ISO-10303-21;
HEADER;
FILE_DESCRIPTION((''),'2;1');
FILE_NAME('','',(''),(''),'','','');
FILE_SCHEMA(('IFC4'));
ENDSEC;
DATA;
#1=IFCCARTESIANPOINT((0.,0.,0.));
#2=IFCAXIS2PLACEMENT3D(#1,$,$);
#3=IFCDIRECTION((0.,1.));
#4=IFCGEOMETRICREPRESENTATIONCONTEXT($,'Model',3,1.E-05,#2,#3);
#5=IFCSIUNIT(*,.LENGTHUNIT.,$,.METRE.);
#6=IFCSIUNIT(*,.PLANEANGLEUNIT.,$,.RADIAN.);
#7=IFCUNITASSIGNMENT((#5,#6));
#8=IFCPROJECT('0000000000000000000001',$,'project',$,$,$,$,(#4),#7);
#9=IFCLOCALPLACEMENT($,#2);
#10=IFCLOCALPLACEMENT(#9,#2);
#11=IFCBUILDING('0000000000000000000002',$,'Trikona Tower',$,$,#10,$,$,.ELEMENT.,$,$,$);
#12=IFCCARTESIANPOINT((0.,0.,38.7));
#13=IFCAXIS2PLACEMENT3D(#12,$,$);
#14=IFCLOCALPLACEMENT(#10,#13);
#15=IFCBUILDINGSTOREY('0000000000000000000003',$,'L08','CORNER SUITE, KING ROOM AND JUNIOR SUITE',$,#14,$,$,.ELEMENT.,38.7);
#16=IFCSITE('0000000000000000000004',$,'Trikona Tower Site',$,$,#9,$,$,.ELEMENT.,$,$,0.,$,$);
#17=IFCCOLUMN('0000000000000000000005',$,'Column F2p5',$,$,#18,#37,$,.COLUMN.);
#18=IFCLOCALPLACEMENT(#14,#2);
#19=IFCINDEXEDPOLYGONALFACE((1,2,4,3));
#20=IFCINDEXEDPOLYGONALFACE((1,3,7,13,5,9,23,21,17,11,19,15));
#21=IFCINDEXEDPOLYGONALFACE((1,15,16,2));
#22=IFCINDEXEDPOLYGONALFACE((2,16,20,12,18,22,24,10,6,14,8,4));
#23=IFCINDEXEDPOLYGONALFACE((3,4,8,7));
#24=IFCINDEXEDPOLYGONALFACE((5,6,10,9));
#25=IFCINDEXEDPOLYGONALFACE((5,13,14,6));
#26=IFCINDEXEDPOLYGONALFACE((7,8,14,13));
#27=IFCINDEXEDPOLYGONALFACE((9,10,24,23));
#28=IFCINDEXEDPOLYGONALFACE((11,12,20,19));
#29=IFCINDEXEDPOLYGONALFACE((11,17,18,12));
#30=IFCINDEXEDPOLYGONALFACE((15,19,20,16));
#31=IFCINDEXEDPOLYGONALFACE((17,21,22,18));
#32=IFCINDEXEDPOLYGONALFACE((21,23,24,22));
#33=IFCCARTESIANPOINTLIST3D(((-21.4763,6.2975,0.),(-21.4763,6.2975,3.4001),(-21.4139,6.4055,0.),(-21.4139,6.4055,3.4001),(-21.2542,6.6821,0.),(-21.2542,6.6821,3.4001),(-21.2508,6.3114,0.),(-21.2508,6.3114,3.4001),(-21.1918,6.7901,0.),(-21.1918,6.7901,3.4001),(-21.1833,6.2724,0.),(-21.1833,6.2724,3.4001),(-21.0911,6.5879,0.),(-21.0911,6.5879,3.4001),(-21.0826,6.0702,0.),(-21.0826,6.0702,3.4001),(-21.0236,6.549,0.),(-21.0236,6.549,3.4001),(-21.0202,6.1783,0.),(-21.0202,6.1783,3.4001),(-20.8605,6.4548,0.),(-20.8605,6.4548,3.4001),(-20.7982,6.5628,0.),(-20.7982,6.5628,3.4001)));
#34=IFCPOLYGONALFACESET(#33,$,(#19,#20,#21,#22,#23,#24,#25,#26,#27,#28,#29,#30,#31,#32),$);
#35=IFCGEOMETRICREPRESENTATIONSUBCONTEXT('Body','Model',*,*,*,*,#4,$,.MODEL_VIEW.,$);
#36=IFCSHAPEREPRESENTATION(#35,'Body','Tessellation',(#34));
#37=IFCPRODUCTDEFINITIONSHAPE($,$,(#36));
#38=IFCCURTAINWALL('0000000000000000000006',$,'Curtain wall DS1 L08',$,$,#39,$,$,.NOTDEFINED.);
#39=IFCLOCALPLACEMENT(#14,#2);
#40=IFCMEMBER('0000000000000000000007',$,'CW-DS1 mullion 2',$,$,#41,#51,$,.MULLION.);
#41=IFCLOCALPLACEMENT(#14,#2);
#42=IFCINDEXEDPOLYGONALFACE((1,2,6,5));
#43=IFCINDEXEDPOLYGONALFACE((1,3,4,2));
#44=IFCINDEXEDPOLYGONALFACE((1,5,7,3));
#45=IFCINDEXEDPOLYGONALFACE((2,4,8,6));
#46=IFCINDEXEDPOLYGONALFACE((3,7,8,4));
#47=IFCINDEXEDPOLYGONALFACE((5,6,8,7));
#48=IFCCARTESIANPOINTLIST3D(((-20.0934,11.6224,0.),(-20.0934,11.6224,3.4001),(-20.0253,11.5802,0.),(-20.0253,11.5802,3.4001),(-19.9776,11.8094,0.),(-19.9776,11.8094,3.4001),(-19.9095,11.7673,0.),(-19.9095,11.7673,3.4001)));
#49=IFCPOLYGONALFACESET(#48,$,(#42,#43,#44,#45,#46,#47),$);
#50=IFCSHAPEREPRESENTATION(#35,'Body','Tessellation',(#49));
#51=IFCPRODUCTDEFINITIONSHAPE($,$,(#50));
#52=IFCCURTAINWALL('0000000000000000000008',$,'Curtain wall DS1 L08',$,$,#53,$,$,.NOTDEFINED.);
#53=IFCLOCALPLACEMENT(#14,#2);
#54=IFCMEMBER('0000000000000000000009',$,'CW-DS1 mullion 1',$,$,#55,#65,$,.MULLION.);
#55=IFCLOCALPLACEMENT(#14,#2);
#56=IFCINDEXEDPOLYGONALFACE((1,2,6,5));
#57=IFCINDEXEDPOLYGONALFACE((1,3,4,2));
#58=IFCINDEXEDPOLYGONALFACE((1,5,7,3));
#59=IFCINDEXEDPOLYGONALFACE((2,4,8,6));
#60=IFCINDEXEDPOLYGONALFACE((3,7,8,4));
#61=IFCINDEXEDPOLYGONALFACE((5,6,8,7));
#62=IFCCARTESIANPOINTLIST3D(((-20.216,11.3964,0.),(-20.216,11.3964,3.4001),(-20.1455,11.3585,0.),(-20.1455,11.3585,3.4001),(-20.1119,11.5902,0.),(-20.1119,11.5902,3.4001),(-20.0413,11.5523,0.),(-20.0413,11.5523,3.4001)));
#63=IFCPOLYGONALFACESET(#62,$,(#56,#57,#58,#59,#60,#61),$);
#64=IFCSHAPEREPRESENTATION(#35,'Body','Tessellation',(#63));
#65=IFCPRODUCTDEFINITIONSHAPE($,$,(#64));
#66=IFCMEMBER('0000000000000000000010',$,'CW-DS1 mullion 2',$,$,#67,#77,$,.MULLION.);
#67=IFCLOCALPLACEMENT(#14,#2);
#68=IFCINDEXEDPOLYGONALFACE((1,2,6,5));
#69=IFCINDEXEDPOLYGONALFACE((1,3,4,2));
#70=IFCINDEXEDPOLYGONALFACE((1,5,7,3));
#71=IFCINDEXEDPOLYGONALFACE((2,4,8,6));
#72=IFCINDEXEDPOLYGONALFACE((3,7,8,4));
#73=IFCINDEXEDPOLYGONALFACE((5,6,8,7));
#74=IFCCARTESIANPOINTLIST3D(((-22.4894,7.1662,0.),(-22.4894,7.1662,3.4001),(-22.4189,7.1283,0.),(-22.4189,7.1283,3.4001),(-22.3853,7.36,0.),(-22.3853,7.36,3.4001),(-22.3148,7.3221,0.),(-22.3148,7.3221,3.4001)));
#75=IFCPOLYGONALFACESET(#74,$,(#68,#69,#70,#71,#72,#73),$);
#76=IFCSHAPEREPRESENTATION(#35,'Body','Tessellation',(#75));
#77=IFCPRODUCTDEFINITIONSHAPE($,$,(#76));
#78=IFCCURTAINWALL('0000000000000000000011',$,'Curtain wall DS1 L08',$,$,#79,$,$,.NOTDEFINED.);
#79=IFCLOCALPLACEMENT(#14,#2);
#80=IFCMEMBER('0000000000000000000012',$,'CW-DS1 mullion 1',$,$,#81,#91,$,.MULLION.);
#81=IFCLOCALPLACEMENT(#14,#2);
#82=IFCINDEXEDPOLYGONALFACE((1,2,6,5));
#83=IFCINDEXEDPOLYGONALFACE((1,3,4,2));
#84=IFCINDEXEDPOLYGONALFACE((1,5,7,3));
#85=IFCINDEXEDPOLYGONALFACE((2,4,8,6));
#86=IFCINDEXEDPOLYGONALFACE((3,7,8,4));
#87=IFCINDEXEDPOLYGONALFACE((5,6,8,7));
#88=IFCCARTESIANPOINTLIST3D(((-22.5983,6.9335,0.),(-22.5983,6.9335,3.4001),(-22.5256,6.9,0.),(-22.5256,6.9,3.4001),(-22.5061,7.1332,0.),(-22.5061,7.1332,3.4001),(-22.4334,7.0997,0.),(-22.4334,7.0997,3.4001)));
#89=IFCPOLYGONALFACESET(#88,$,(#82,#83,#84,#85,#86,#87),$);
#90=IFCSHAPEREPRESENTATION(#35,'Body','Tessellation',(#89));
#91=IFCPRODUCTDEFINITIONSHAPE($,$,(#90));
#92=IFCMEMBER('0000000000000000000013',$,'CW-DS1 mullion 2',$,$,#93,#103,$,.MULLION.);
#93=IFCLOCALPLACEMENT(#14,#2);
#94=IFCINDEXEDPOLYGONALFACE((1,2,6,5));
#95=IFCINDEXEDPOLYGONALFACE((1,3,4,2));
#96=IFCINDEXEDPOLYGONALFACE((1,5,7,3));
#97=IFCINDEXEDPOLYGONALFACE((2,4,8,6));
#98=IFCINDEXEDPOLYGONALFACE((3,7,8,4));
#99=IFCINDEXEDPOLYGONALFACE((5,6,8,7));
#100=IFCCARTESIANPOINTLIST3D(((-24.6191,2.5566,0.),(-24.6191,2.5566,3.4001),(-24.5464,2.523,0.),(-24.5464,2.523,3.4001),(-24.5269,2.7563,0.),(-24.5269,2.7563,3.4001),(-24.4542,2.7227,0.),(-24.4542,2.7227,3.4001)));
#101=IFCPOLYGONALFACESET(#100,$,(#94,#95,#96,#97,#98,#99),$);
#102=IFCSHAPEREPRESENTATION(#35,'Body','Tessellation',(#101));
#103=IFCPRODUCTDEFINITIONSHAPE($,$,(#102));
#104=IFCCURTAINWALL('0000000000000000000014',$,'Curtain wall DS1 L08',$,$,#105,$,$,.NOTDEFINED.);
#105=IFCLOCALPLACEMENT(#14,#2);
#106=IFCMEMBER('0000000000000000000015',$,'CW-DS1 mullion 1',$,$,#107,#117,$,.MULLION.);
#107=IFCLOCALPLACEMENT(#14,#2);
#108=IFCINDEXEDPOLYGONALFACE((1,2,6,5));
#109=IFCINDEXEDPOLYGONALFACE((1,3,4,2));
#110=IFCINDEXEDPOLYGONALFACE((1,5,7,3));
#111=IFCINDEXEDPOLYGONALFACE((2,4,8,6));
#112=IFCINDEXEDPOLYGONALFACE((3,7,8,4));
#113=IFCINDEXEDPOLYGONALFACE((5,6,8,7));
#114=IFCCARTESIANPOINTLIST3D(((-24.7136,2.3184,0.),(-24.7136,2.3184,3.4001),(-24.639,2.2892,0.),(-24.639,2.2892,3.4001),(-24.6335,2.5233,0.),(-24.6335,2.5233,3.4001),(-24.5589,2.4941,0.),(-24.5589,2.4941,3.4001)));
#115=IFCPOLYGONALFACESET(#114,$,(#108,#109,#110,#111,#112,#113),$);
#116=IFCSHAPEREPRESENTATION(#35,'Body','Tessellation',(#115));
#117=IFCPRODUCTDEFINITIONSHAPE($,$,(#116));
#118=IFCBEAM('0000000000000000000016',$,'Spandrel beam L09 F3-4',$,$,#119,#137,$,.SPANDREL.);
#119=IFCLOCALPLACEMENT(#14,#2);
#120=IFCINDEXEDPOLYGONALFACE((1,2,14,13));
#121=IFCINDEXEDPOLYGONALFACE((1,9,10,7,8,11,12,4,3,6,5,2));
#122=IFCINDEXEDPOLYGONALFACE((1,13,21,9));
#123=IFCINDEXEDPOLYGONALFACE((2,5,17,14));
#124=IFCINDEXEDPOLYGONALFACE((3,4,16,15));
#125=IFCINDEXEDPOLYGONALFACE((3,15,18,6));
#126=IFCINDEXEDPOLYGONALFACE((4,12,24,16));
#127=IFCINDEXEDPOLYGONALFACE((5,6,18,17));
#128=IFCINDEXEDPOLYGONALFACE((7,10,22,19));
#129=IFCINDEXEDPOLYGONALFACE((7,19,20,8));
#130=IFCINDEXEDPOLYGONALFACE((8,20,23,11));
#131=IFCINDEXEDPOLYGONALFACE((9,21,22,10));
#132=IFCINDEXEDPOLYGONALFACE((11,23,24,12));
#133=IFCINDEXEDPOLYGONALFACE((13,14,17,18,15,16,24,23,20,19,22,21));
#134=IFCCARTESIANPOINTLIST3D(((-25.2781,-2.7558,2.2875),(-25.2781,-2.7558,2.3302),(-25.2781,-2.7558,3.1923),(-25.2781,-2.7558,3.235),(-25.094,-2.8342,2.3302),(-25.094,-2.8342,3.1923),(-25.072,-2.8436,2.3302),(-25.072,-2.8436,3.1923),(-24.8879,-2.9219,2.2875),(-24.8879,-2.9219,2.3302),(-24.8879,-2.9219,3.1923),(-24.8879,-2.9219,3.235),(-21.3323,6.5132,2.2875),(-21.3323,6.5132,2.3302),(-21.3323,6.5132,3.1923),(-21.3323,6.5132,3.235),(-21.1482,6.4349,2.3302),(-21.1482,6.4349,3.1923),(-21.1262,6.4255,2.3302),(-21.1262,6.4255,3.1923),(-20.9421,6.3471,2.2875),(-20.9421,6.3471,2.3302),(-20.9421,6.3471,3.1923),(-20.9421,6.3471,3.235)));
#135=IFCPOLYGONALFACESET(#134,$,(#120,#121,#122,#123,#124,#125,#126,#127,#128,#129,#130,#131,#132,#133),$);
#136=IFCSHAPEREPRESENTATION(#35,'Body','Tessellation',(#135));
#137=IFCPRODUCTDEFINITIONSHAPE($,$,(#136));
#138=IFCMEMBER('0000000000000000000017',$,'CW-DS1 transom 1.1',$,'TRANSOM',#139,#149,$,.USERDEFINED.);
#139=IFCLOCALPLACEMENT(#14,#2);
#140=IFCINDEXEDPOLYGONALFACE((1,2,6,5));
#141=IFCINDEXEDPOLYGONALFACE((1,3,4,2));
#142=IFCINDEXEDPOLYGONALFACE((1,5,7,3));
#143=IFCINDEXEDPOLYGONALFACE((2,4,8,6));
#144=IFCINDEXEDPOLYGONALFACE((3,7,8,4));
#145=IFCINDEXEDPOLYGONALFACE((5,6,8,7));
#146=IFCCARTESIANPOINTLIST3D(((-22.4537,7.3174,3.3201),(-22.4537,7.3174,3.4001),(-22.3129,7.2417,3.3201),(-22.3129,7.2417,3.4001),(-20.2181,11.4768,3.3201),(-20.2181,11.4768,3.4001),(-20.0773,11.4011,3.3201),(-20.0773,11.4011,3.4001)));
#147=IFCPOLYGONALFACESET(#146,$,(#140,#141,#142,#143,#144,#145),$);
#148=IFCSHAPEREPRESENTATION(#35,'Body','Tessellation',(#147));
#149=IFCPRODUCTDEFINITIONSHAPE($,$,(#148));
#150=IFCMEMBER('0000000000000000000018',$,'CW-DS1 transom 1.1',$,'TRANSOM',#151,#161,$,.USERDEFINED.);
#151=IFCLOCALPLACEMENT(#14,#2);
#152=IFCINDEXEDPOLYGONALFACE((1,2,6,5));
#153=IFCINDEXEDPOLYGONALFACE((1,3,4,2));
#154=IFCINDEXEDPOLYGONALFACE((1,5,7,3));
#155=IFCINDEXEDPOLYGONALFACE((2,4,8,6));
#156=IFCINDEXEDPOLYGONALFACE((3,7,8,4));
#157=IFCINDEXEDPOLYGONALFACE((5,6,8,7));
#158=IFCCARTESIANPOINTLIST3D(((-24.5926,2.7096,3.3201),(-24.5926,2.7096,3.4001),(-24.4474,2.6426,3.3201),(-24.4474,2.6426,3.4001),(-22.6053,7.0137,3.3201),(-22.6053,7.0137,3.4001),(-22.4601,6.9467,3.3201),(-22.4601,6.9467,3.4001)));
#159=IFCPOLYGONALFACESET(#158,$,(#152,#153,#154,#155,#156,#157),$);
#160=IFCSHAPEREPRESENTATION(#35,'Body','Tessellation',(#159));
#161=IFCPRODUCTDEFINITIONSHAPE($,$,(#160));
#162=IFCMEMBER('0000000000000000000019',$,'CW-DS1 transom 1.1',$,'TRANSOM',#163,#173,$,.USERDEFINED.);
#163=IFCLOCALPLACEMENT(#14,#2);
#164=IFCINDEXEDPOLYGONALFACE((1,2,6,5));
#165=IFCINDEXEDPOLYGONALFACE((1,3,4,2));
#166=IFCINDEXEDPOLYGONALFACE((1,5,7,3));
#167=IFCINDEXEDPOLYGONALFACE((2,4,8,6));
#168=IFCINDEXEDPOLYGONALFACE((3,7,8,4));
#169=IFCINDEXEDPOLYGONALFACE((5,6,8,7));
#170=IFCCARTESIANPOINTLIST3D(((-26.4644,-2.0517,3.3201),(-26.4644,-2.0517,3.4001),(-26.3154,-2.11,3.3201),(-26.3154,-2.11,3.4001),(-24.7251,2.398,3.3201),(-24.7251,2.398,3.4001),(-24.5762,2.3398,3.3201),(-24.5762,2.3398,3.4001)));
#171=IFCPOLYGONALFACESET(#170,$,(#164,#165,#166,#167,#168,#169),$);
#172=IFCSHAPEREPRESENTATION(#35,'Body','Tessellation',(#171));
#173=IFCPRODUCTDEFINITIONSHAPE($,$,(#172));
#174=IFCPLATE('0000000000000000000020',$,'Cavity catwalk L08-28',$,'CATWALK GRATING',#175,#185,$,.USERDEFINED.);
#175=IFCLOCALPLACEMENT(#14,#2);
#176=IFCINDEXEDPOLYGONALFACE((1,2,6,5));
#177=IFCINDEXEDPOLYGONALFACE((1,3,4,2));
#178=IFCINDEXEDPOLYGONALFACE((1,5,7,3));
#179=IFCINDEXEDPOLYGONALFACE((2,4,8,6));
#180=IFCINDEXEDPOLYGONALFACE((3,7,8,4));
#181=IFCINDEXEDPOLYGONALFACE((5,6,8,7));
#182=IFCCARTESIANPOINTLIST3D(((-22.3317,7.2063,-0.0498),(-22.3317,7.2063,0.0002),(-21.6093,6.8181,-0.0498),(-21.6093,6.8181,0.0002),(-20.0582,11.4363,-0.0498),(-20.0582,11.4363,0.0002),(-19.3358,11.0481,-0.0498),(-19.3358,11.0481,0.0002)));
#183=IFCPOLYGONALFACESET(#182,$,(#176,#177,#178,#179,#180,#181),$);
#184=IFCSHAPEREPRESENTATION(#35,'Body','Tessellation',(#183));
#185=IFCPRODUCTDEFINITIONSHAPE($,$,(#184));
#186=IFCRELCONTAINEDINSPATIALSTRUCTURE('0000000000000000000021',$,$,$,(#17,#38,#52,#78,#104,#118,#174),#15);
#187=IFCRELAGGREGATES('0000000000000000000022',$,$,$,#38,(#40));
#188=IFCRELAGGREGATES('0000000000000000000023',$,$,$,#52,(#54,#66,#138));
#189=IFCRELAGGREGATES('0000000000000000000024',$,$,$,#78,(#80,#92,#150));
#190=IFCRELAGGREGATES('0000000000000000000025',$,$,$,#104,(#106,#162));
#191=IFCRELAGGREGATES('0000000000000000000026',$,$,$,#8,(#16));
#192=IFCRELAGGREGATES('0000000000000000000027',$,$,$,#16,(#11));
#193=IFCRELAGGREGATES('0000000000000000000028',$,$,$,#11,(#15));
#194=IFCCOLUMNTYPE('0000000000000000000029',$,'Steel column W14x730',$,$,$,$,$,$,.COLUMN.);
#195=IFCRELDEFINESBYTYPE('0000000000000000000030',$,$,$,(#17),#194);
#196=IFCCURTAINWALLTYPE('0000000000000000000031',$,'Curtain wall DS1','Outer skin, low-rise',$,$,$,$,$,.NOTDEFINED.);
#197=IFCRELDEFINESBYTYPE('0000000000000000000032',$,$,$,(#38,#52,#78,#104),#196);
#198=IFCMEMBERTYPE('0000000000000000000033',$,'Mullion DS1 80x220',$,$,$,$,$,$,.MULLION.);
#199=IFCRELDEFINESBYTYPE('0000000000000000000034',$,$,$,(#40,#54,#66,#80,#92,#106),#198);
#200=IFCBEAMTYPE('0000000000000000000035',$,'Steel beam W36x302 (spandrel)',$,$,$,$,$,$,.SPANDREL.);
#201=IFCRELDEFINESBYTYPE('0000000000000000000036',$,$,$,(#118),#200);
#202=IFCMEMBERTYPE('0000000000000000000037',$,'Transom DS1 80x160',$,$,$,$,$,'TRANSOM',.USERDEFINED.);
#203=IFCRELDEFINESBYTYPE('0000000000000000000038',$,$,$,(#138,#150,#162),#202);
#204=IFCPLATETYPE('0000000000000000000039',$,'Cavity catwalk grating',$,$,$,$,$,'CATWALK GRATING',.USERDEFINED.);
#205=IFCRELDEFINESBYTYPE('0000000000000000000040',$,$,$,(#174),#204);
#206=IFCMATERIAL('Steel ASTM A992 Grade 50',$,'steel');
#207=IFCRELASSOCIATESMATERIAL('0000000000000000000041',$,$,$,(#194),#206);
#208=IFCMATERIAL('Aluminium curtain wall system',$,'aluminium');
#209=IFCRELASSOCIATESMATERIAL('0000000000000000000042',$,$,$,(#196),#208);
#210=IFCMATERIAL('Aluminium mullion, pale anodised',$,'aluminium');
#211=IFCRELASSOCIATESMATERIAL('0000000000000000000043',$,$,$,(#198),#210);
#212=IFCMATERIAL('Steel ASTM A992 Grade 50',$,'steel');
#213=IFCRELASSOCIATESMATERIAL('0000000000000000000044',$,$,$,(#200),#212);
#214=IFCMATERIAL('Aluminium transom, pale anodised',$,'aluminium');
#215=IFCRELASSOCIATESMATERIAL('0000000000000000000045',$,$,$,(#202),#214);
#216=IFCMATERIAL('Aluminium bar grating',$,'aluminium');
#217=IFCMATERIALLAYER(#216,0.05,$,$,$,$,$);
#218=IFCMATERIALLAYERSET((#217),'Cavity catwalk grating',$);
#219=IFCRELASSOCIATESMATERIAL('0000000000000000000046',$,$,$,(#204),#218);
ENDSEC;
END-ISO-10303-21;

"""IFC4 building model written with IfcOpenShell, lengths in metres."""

from ifc_helpers import new_model, si_unit, direction, frame, origin, origin_2d, place, context, subcontext, project, spatial, rectangle, i_section, extrude, material, layer, layer_set, material_profile, profile_set, type_object, element, aggregate, save


model = new_model("IFC4")

# Units and contexts
model_context = context("Model", 3, precision=1e-05, world=origin(), true_north=direction((0.0, 1.0)))
body_context = subcontext(model_context, "Body", "Model", "MODEL_VIEW")
ifc_project = project(units=[si_unit("LENGTHUNIT", "METRE"), si_unit("PLANEANGLEUNIT", "RADIAN")], contexts=[model_context])

# Site, building, storey
site_placement = place(None, origin())
site = spatial("IfcSite", under=ifc_project, at=site_placement, Name="Trikona Tower Site", CompositionType="ELEMENT", RefElevation=0.0)
building_placement = place(site_placement, origin())
building = spatial("IfcBuilding", under=site, at=building_placement, Name="Trikona Tower", CompositionType="ELEMENT")
storey_placement = place(building_placement, frame((0.0, 0.0, 38.7)))
storey = spatial("IfcBuildingStorey", under=building, at=storey_placement, Name="L08", Description="CORNER SUITE, KING ROOM AND JUNIOR SUITE", CompositionType="ELEMENT", Elevation=38.7)

# Column
ifc_material_1 = material(Name="Steel ASTM A992 Grade 50", Category="steel")
ifc_material_profile_1 = material_profile(ifc_material_1, i_section(OverallWidth=0.4546, OverallDepth=0.5688, WebThickness=0.0779, FlangeThickness=0.1248, at=origin_2d()), Name="W14X730")
ifc_profile_set_1 = profile_set([ifc_material_profile_1], Name="Steel ASTM A992 Grade 50")
column_type = type_object("IfcColumnType", Name="Steel column W14x730", PredefinedType="COLUMN", material=ifc_profile_set_1)
column_placement = place(storey_placement, frame((-21.1372, 6.4302, 0.0), z_axis=(0.0, 0.0, 1.0), x_axis=(-0.866025, 0.5, 0.0)))
element("IfcColumn", 1, at=column_placement, inside=storey, type_object=column_type, Name="Column F2p5", PredefinedType="COLUMN", context=body_context, shape_type="SweptSolid", body=[
    extrude(i_section(OverallWidth=0.4546, OverallDepth=0.5688, WebThickness=0.0779, FlangeThickness=0.1248, at=origin_2d()), origin(), (0.0, 0.0, 1.0), 3.4001),
])

# Curtain wall, member
ifc_material_2 = material(Name="Aluminium curtain wall system", Category="aluminium")
curtain_wall_type = type_object("IfcCurtainWallType", Name="Curtain wall DS1", Description="Outer skin, low-rise", PredefinedType="NOTDEFINED", material=ifc_material_2)
curtain_wall_1_placement = place(storey_placement, origin())
curtain_wall_1 = element("IfcCurtainWall", 2, at=curtain_wall_1_placement, inside=storey, type_object=curtain_wall_type, Name="Curtain wall DS1 L08", PredefinedType="NOTDEFINED")
ifc_material_3 = material(Name="Aluminium mullion, pale anodised", Category="aluminium")
ifc_material_profile_2 = material_profile(ifc_material_3, rectangle(XDim=0.0801, YDim=0.22, at=origin_2d()), Name="MUL-DS1")
ifc_profile_set_2 = profile_set([ifc_material_profile_2], Name="Aluminium mullion, pale anodised")
member_type_1 = type_object("IfcMemberType", Name="Mullion DS1 80x220", PredefinedType="MULLION", material=ifc_profile_set_2)
member_1_placement = place(storey_placement, frame((-20.0015, 11.6948, 0.0), z_axis=(0.0, 0.0, 1.0), x_axis=(0.85041, -0.52612, 0.0)))
member_1 = element("IfcMember", 3, at=member_1_placement, type_object=member_type_1, Name="CW-DS1 mullion 2", PredefinedType="MULLION", context=body_context, shape_type="SweptSolid", body=[
    extrude(rectangle(XDim=0.0801, YDim=0.22, at=origin_2d()), origin(), (0.0, 0.0, 1.0), 3.4001),
])
aggregate(curtain_wall_1, [member_1])

# Curtain walls, members
curtain_wall_2_placement = place(storey_placement, origin())
curtain_wall_2 = element("IfcCurtainWall", 4, at=curtain_wall_2_placement, inside=storey, type_object=curtain_wall_type, Name="Curtain wall DS1 L08", PredefinedType="NOTDEFINED")
member_2_placement = place(storey_placement, frame((-20.1287, 11.4744, 0.0), z_axis=(0.0, 0.0, 1.0), x_axis=(0.880843, -0.473408, 0.0)))
member_2 = element("IfcMember", 5, at=member_2_placement, type_object=member_type_1, Name="CW-DS1 mullion 1", PredefinedType="MULLION", context=body_context, shape_type="SweptSolid", body=[
    extrude(rectangle(XDim=0.0801, YDim=0.22, at=origin_2d()), origin(), (0.0, 0.0, 1.0), 3.4001),
])
member_3_placement = place(storey_placement, frame((-22.4021, 7.2441, 0.0), z_axis=(0.0, 0.0, 1.0), x_axis=(0.880843, -0.473408, 0.0)))
member_3 = element("IfcMember", 6, at=member_3_placement, type_object=member_type_1, Name="CW-DS1 mullion 2", PredefinedType="MULLION", context=body_context, shape_type="SweptSolid", body=[
    extrude(rectangle(XDim=0.0801, YDim=0.22, at=origin_2d()), origin(), (0.0, 0.0, 1.0), 3.4001),
])
curtain_wall_3_placement = place(storey_placement, origin())
curtain_wall_3 = element("IfcCurtainWall", 7, at=curtain_wall_3_placement, inside=storey, type_object=curtain_wall_type, Name="Curtain wall DS1 L08", PredefinedType="NOTDEFINED")
member_4_placement = place(storey_placement, frame((-22.5159, 7.0166, 0.0), z_axis=(0.0, 0.0, 1.0), x_axis=(0.907898, -0.41919, 0.0)))
member_4 = element("IfcMember", 8, at=member_4_placement, type_object=member_type_1, Name="CW-DS1 mullion 1", PredefinedType="MULLION", context=body_context, shape_type="SweptSolid", body=[
    extrude(rectangle(XDim=0.0801, YDim=0.22, at=origin_2d()), origin(), (0.0, 0.0, 1.0), 3.4001),
])
member_5_placement = place(storey_placement, frame((-24.5366, 2.6396, 0.0), z_axis=(0.0, 0.0, 1.0), x_axis=(0.907898, -0.41919, 0.0)))
member_5 = element("IfcMember", 9, at=member_5_placement, type_object=member_type_1, Name="CW-DS1 mullion 2", PredefinedType="MULLION", context=body_context, shape_type="SweptSolid", body=[
    extrude(rectangle(XDim=0.0801, YDim=0.22, at=origin_2d()), origin(), (0.0, 0.0, 1.0), 3.4001),
])

# Curtain wall, member
curtain_wall_4_placement = place(storey_placement, origin())
curtain_wall_4 = element("IfcCurtainWall", 10, at=curtain_wall_4_placement, inside=storey, type_object=curtain_wall_type, Name="Curtain wall DS1 L08", PredefinedType="NOTDEFINED")
member_6_placement = place(storey_placement, frame((-24.6362, 2.4062, 0.0), z_axis=(0.0, 0.0, 1.0), x_axis=(0.931396, -0.364008, 0.0)))
member_6 = element("IfcMember", 11, at=member_6_placement, type_object=member_type_1, Name="CW-DS1 mullion 1", PredefinedType="MULLION", context=body_context, shape_type="SweptSolid", body=[
    extrude(rectangle(XDim=0.0801, YDim=0.22, at=origin_2d()), origin(), (0.0, 0.0, 1.0), 3.4001),
])

# Beam
ifc_material_4 = material(Name="Steel ASTM A992 Grade 50", Category="steel")
ifc_material_profile_3 = material_profile(ifc_material_4, i_section(OverallWidth=0.4241, OverallDepth=0.9475, WebThickness=0.0239, FlangeThickness=0.0427, at=origin_2d()), Name="W36X302")
ifc_profile_set_3 = profile_set([ifc_material_profile_3], Name="Steel ASTM A992 Grade 50")
beam_type = type_object("IfcBeamType", Name="Steel beam W36x302 (spandrel)", PredefinedType="SPANDREL", material=ifc_profile_set_3)
beam_placement = place(storey_placement, frame((-21.1372, 6.4302, 2.7612), z_axis=(-0.391684, -0.9201, 0.0), x_axis=(0.9201, -0.391684, 0.0)))
element("IfcBeam", 12, at=beam_placement, inside=storey, type_object=beam_type, Name="Spandrel beam L09 F3-4", PredefinedType="SPANDREL", context=body_context, shape_type="SweptSolid", body=[
    extrude(i_section(OverallWidth=0.4241, OverallDepth=0.9475, WebThickness=0.0239, FlangeThickness=0.0427, at=origin_2d()), origin(), (0.0, 0.0, 1.0), 10.074),
])

# Members
ifc_material_5 = material(Name="Aluminium transom, pale anodised", Category="aluminium")
ifc_material_profile_4 = material_profile(ifc_material_5, rectangle(XDim=0.1599, YDim=0.0801, at=origin_2d()), Name="TRN-DS1")
ifc_profile_set_4 = profile_set([ifc_material_profile_4], Name="Aluminium transom, pale anodised")
member_type_2 = type_object("IfcMemberType", Name="Transom DS1 80x160", ElementType="TRANSOM", PredefinedType="USERDEFINED", material=ifc_profile_set_4)
member_7_placement = place(storey_placement, frame((-20.1477, 11.439, 3.3601), z_axis=(-0.473428, -0.880833, 0.0), x_axis=(0.880833, -0.473428, 0.0)))
member_7 = element("IfcMember", 13, at=member_7_placement, type_object=member_type_2, Name="CW-DS1 transom 1.1", ObjectType="TRANSOM", PredefinedType="USERDEFINED", context=body_context, shape_type="SweptSolid", body=[
    extrude(rectangle(XDim=0.1599, YDim=0.0801, at=origin_2d()), origin(), (0.0, 0.0, 1.0), 4.7222),
])
member_8_placement = place(storey_placement, frame((-22.5327, 6.9802, 3.3601), z_axis=(-0.419189, -0.907899, 0.0), x_axis=(0.907899, -0.419189, 0.0)))
member_8 = element("IfcMember", 14, at=member_8_placement, type_object=member_type_2, Name="CW-DS1 transom 1.1", ObjectType="TRANSOM", PredefinedType="USERDEFINED", context=body_context, shape_type="SweptSolid", body=[
    extrude(rectangle(XDim=0.1599, YDim=0.0801, at=origin_2d()), origin(), (0.0, 0.0, 1.0), 4.7407),
])
member_9_placement = place(storey_placement, frame((-24.6506, 2.3689, 3.3601), z_axis=(-0.364049, -0.93138, 0.0), x_axis=(0.93138, -0.364049, 0.0)))
member_9 = element("IfcMember", 15, at=member_9_placement, type_object=member_type_2, Name="CW-DS1 transom 1.1", ObjectType="TRANSOM", PredefinedType="USERDEFINED", context=body_context, shape_type="SweptSolid", body=[
    extrude(rectangle(XDim=0.1599, YDim=0.0801, at=origin_2d()), origin(), (0.0, 0.0, 1.0), 4.7776),
])

# Plate
ifc_material_6 = material(Name="Aluminium bar grating", Category="aluminium")
ifc_layer_1 = layer(ifc_material_6, 0.05)
ifc_layer_set_1 = layer_set([ifc_layer_1], Name="Cavity catwalk grating")
plate_type_1 = type_object("IfcPlateType", Name="Cavity catwalk grating", ElementType="CATWALK GRATING", PredefinedType="USERDEFINED", material=ifc_layer_set_1)
plate_1_placement = place(storey_placement, frame((-20.8337, 9.1272, -0.0498), z_axis=(0.0, 0.0, 1.0), x_axis=(-0.473423, -0.880835, 0.0)))
element("IfcPlate", 16, at=plate_1_placement, inside=storey, type_object=plate_type_1, Name="Cavity catwalk L08-28", ObjectType="CATWALK GRATING", PredefinedType="USERDEFINED", context=body_context, shape_type="SweptSolid", body=[
    extrude(rectangle(XDim=4.8022, YDim=0.8201, at=origin_2d()), origin(), (0.0, 0.0, 1.0), 0.05),
])

aggregate(curtain_wall_2, [member_2, member_3, member_7])
aggregate(curtain_wall_3, [member_4, member_5, member_8])
aggregate(curtain_wall_4, [member_6, member_9])

save(model, "model.ifc")
